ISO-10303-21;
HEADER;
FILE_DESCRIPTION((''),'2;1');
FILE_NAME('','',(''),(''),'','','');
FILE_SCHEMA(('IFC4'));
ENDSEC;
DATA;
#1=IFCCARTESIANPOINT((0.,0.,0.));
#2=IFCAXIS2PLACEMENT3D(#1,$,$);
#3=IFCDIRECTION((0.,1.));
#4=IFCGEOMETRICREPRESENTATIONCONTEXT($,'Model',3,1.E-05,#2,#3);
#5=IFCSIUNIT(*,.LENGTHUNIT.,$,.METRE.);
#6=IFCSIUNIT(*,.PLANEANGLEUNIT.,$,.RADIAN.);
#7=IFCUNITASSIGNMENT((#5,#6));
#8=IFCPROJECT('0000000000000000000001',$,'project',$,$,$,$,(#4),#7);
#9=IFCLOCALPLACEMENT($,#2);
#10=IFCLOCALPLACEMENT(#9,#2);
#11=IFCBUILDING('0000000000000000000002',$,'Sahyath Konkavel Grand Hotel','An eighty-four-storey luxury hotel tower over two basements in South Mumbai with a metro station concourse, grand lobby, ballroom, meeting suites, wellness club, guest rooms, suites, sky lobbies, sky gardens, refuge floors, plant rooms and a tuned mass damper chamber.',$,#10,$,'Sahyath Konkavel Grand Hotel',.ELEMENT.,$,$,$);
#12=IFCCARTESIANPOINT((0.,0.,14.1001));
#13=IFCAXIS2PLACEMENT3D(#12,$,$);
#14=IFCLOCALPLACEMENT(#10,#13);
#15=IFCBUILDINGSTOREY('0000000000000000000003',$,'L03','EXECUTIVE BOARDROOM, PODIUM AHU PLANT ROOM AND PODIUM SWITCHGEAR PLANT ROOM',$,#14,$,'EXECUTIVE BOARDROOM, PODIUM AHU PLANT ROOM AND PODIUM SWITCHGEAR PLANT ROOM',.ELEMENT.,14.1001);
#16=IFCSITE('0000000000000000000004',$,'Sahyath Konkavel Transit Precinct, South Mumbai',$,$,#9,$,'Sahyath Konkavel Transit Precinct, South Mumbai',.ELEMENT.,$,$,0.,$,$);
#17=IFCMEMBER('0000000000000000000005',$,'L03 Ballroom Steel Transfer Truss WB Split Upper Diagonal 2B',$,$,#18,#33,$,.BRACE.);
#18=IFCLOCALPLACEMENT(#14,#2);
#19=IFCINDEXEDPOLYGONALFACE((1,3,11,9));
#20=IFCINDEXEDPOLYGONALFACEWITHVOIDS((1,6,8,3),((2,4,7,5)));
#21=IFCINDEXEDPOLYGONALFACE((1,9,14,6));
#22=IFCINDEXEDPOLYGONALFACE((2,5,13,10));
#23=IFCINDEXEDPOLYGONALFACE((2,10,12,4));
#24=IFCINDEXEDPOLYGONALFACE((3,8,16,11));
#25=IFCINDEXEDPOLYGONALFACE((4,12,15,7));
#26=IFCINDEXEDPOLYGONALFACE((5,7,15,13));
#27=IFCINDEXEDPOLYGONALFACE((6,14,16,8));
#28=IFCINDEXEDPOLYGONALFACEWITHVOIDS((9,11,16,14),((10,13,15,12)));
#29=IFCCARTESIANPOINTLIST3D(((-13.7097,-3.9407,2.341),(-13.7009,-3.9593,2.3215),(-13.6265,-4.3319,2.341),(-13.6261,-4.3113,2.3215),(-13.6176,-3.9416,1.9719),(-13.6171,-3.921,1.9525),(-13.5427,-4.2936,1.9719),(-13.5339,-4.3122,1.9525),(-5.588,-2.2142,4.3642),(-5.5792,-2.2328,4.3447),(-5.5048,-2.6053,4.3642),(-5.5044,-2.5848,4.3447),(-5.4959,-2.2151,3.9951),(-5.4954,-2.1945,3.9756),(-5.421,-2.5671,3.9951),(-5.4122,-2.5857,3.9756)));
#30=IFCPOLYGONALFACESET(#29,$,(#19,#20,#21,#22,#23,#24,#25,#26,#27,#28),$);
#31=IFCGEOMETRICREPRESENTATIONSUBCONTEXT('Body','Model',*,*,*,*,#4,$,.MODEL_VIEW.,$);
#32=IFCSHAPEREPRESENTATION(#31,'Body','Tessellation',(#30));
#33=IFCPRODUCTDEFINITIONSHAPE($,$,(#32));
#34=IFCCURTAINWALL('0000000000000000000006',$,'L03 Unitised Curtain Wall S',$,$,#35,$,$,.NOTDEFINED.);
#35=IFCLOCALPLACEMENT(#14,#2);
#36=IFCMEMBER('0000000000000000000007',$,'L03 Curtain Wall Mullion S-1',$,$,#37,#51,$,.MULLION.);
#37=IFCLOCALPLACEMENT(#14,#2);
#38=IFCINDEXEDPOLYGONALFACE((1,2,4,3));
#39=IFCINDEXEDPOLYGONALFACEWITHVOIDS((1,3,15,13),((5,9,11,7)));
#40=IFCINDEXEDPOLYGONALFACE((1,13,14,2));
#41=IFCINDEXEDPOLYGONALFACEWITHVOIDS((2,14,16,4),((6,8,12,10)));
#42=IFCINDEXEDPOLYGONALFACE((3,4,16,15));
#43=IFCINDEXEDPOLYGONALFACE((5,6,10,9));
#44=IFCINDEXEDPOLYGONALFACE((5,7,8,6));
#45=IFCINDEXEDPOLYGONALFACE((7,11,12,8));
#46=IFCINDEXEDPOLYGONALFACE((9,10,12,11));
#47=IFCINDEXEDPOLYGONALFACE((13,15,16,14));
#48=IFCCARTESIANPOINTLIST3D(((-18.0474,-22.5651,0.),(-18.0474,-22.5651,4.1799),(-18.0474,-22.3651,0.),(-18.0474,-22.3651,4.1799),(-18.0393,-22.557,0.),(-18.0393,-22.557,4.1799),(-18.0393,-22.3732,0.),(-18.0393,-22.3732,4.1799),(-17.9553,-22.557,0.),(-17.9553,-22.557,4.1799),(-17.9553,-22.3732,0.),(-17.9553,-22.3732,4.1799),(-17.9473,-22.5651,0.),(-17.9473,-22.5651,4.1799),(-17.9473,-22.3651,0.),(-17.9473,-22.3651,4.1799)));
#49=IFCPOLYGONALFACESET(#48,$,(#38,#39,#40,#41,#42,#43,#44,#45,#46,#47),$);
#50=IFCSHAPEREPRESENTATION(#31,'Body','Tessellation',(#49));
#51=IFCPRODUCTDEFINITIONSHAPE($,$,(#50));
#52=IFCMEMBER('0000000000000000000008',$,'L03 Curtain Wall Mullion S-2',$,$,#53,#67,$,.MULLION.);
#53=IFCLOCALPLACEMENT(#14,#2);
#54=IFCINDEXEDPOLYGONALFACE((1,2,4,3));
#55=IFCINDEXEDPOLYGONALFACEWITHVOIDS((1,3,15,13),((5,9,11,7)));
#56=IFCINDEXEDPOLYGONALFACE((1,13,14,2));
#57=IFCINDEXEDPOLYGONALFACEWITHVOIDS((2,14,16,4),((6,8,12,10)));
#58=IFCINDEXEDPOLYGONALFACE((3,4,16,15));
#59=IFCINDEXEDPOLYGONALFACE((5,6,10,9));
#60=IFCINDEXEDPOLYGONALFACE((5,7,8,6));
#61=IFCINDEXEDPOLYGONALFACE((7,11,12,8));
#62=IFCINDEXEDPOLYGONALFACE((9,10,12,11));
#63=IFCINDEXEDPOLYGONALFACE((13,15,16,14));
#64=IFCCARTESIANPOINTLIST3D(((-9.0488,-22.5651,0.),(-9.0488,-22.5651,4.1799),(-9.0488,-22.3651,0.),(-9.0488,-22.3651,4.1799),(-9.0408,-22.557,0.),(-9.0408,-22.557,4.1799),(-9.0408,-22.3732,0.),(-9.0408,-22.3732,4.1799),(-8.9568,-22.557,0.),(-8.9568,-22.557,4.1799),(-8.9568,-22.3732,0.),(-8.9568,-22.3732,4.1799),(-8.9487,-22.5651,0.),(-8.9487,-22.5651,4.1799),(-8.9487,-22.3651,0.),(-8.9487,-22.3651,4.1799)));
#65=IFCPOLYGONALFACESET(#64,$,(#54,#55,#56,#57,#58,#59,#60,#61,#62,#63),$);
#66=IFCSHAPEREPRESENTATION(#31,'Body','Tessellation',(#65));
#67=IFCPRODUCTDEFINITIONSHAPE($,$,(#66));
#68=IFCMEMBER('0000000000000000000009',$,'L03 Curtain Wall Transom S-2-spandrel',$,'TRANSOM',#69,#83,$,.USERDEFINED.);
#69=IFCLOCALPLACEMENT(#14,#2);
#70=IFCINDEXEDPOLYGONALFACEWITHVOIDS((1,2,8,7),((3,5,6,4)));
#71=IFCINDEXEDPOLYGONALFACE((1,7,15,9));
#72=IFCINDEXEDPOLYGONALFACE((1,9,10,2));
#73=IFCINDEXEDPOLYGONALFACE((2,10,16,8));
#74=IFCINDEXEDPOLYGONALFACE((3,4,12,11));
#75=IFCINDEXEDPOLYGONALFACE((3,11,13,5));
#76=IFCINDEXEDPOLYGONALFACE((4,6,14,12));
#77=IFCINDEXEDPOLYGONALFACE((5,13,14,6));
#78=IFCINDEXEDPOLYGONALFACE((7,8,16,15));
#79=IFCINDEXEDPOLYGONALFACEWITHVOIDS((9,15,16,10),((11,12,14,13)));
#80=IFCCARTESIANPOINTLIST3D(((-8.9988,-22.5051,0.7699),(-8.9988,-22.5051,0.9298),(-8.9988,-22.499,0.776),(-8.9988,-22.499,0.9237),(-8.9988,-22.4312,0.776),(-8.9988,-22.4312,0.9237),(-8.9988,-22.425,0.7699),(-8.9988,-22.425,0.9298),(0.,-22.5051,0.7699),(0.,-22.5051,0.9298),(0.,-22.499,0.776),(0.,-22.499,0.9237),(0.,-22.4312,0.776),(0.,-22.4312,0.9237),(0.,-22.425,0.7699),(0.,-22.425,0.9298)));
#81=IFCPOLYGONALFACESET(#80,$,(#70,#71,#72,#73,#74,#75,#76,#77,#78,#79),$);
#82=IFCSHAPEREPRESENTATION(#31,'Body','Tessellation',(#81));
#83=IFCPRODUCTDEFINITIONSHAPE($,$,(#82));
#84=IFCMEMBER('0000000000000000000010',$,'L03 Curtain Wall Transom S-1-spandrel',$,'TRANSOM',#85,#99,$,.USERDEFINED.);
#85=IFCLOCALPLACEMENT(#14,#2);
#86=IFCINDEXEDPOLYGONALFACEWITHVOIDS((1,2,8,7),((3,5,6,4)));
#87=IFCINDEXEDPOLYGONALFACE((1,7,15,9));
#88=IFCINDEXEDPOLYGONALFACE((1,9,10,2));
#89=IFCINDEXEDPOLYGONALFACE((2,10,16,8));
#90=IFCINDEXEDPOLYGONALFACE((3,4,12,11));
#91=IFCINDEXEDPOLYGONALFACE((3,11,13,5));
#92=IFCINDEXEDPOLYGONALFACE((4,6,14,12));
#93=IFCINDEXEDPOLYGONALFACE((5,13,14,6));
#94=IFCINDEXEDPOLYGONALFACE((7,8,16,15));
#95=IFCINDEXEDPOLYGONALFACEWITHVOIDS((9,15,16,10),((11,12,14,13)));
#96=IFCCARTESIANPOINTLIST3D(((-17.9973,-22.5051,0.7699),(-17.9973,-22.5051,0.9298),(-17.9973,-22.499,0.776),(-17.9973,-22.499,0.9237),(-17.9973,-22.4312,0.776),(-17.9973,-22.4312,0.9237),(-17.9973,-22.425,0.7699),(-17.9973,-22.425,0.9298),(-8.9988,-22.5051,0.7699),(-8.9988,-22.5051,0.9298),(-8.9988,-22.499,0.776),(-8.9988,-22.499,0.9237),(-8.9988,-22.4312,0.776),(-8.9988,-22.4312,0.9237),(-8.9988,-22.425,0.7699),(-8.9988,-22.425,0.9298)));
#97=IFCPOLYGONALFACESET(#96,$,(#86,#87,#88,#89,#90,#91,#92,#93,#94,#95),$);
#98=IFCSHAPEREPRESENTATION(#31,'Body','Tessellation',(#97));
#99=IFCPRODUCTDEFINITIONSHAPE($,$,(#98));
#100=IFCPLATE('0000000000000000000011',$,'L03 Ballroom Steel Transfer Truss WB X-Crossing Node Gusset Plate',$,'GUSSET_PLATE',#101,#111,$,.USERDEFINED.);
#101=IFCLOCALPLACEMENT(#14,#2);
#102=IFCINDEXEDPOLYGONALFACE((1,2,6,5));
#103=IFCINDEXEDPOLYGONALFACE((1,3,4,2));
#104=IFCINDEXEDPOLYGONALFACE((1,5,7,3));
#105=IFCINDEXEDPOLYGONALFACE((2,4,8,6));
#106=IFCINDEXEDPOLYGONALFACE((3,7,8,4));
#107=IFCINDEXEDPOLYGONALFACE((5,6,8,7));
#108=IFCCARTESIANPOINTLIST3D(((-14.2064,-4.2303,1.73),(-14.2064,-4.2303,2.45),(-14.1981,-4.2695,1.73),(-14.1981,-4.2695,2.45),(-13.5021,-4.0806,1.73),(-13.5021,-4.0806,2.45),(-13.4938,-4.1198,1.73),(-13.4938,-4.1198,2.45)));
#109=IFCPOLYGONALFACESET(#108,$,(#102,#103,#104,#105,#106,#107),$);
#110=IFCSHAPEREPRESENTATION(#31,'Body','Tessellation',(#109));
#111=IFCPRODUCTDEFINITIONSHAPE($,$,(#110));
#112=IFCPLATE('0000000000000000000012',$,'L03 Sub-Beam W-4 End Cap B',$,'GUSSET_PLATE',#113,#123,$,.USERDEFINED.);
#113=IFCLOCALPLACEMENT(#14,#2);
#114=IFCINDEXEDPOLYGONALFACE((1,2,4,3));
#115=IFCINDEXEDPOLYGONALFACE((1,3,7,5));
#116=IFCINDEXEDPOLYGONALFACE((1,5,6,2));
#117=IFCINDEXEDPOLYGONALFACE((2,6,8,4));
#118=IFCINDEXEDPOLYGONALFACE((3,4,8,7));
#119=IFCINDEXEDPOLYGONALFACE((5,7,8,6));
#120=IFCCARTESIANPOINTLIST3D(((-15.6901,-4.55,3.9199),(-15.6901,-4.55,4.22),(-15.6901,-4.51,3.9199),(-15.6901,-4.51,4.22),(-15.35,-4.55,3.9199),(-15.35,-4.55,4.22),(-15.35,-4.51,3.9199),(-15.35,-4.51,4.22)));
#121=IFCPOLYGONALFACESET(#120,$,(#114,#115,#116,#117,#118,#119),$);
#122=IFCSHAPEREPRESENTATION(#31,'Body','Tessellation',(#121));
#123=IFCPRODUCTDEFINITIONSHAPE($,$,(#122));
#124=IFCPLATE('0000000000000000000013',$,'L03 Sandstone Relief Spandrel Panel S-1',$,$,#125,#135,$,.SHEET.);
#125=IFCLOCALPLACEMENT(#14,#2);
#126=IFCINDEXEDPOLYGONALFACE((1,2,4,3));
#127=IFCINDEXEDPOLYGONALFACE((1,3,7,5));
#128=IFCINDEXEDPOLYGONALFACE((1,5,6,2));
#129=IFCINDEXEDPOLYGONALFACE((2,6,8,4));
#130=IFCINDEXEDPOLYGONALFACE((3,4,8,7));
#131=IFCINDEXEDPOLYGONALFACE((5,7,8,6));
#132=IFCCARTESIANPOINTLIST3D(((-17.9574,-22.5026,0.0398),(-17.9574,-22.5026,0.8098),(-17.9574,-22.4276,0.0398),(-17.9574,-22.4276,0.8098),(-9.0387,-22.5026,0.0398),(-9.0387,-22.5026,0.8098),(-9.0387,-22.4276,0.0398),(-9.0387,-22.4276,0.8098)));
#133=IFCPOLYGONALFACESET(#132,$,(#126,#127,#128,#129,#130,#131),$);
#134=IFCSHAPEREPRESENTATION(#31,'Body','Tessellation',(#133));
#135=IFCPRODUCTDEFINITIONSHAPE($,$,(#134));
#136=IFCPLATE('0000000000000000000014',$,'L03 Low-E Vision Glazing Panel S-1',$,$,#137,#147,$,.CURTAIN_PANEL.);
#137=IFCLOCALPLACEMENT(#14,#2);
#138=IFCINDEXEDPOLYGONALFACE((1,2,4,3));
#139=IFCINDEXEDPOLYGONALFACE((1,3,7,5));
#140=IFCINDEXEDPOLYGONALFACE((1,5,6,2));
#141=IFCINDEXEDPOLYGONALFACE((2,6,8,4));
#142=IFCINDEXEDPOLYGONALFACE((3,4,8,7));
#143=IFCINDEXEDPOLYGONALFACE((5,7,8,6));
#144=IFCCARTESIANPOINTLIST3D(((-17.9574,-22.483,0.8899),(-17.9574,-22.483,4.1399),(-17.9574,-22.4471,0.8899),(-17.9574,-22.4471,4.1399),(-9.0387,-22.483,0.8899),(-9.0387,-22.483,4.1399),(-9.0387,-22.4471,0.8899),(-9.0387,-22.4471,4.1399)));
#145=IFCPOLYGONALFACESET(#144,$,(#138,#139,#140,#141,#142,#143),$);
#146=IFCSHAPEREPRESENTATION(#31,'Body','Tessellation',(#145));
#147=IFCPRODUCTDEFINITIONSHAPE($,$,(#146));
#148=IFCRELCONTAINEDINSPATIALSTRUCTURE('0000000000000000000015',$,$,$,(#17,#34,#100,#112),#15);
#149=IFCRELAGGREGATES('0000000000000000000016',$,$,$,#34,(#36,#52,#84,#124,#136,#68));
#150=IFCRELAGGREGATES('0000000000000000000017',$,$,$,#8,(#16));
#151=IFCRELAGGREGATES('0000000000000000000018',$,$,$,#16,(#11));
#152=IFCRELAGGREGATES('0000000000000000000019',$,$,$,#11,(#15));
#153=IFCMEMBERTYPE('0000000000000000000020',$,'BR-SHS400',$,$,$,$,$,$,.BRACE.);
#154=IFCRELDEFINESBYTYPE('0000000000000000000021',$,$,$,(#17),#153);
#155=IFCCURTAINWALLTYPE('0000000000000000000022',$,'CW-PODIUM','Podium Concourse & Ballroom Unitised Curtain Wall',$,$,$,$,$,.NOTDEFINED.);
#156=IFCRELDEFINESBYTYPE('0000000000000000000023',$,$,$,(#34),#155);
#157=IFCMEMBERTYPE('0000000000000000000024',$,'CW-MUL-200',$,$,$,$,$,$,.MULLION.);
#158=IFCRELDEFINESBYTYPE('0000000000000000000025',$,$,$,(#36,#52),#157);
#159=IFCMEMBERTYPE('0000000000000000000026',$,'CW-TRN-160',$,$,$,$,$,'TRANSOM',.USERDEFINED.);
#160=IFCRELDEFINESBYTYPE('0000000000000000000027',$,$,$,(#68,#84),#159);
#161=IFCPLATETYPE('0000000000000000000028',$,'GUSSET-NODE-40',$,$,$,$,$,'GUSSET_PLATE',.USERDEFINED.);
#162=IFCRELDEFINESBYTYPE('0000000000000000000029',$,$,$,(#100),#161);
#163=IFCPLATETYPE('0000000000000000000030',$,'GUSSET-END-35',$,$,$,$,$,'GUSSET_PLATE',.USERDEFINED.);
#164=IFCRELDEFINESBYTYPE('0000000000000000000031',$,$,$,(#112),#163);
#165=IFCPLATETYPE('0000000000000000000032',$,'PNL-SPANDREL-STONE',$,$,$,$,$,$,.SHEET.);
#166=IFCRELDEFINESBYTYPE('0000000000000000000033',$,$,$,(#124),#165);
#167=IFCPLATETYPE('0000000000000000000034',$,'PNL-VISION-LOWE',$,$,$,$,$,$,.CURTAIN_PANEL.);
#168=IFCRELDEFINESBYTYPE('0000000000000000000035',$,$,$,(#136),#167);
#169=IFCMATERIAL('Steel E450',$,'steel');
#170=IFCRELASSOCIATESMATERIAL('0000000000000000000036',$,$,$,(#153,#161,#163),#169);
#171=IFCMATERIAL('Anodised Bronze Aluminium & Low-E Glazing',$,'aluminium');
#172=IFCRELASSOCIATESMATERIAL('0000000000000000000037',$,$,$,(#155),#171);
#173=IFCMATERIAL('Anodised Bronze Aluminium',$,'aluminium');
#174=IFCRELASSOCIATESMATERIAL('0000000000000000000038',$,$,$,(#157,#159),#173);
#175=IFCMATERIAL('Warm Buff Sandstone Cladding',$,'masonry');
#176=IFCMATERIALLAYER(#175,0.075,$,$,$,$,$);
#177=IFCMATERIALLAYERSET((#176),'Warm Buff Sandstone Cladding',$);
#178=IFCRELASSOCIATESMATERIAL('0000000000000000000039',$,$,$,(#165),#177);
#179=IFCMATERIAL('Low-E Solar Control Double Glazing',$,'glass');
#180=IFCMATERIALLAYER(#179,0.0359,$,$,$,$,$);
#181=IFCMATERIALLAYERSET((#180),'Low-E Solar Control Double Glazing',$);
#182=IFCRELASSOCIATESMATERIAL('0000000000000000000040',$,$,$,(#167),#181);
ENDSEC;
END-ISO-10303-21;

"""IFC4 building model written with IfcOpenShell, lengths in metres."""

from ifc_helpers import new_model, si_unit, direction, frame, origin, origin_2d, place, context, subcontext, project, spatial, rectangle, hollow_rectangle, extrude, source, transform, mapped, material, layer, layer_set, material_profile, profile_set, type_object, element, aggregate, save


model = new_model("IFC4")

# Units and contexts
model_context = context("Model", 3, precision=1e-05, world=origin(), true_north=direction((0.0, 1.0)))
body_context = subcontext(model_context, "Body", "Model", "MODEL_VIEW")
ifc_project = project(units=[si_unit("LENGTHUNIT", "METRE"), si_unit("PLANEANGLEUNIT", "RADIAN")], contexts=[model_context])

# Site, building, storey
site_placement = place(None, origin())
site = spatial("IfcSite", under=ifc_project, at=site_placement, Name="Sahyath Konkavel Transit Precinct, South Mumbai", LongName="Sahyath Konkavel Transit Precinct, South Mumbai", CompositionType="ELEMENT", RefElevation=0.0)
building_placement = place(site_placement, origin())
building = spatial("IfcBuilding", under=site, at=building_placement, Name="Sahyath Konkavel Grand Hotel", Description="An eighty-four-storey luxury hotel tower over two basements in South Mumbai with a metro station concourse, grand lobby, ballroom, meeting suites, wellness club, guest rooms, suites, sky lobbies, sky gardens, refuge floors, plant rooms and a tuned mass damper chamber.", LongName="Sahyath Konkavel Grand Hotel", CompositionType="ELEMENT")
storey_placement = place(building_placement, frame((0.0, 0.0, 14.1001)))
storey = spatial("IfcBuildingStorey", under=building, at=storey_placement, Name="L03", Description="EXECUTIVE BOARDROOM, PODIUM AHU PLANT ROOM AND PODIUM SWITCHGEAR PLANT ROOM", LongName="EXECUTIVE BOARDROOM, PODIUM AHU PLANT ROOM AND PODIUM SWITCHGEAR PLANT ROOM", CompositionType="ELEMENT", Elevation=14.1001)

# Shared definitions
ifc_material_1 = material(Name="Steel E450", Category="steel")

# Member
ifc_material_profile_1 = material_profile(ifc_material_1, hollow_rectangle(XDim=0.3999, YDim=0.3999, WallThickness=0.02, at=origin_2d()), Name="SHS 400x400x20")
ifc_profile_set_1 = profile_set([ifc_material_profile_1], Name="Steel E450")
member_type_1 = type_object("IfcMemberType", Name="BR-SHS400", PredefinedType="BRACE", material=ifc_profile_set_1)
shared_shape_1 = source(origin(), body_context, "Body", "SweptSolid", [
    extrude(hollow_rectangle(XDim=0.3999, YDim=0.3999, WallThickness=0.02, at=origin_2d()), origin(), (0.0, 0.0, 1.0), 8.5461),
])
member_1_placement = place(storey_placement, frame((-13.6218, -4.1265, 2.1467), z_axis=(0.950338, 0.202026, 0.236735), x_axis=(-0.207936, 0.978142, 0.0)))
element("IfcMember", 1, at=member_1_placement, inside=storey, type_object=member_type_1, Name="L03 Ballroom Steel Transfer Truss WB Split Upper Diagonal 2B", PredefinedType="BRACE", context=body_context, shape_type="MappedRepresentation", body=[
    mapped(shared_shape_1, transform((0.0, 0.0, 0.0), scale=1.0)),
])

# Curtain wall, members
ifc_material_2 = material(Name="Anodised Bronze Aluminium & Low-E Glazing", Category="aluminium")
curtain_wall_type = type_object("IfcCurtainWallType", Name="CW-PODIUM", Description="Podium Concourse & Ballroom Unitised Curtain Wall", PredefinedType="NOTDEFINED", material=ifc_material_2)
curtain_wall_placement = place(storey_placement, origin())
curtain_wall = element("IfcCurtainWall", 2, at=curtain_wall_placement, inside=storey, type_object=curtain_wall_type, Name="L03 Unitised Curtain Wall S", PredefinedType="NOTDEFINED")
ifc_material_3 = material(Name="Anodised Bronze Aluminium", Category="aluminium")
ifc_material_profile_2 = material_profile(ifc_material_3, hollow_rectangle(XDim=0.1001, YDim=0.2, WallThickness=0.0081, at=origin_2d()), Name="RHS 200x100x8")
ifc_profile_set_2 = profile_set([ifc_material_profile_2], Name="Anodised Bronze Aluminium")
member_type_2 = type_object("IfcMemberType", Name="CW-MUL-200", PredefinedType="MULLION", material=ifc_profile_set_2)
shared_shape_2 = source(origin(), body_context, "Body", "SweptSolid", [
    extrude(hollow_rectangle(XDim=0.1001, YDim=0.2, WallThickness=0.0081, at=origin_2d()), origin(), (0.0, 0.0, 1.0), 4.1799),
])
member_2_placement = place(storey_placement, frame((-17.9973, -22.4651, 0.0), z_axis=(0.0, 0.0, 1.0), x_axis=(1.0, 0.0, 0.0)))
member_2 = element("IfcMember", 3, at=member_2_placement, type_object=member_type_2, Name="L03 Curtain Wall Mullion S-1", PredefinedType="MULLION", context=body_context, shape_type="MappedRepresentation", body=[
    mapped(shared_shape_2, transform((0.0, 0.0, 0.0), scale=1.0)),
])
member_3_placement = place(storey_placement, frame((-8.9988, -22.4651, 0.0), z_axis=(0.0, 0.0, 1.0), x_axis=(1.0, 0.0, 0.0)))
member_3 = element("IfcMember", 4, at=member_3_placement, type_object=member_type_2, Name="L03 Curtain Wall Mullion S-2", PredefinedType="MULLION", context=body_context, shape_type="MappedRepresentation", body=[
    mapped(shared_shape_2, transform((0.0, 0.0, 0.0), scale=1.0)),
])
ifc_material_profile_3 = material_profile(ifc_material_3, hollow_rectangle(XDim=0.0801, YDim=0.1599, WallThickness=0.0061, at=origin_2d()), Name="RHS 160x80x6")
ifc_profile_set_3 = profile_set([ifc_material_profile_3], Name="Anodised Bronze Aluminium")
member_type_3 = type_object("IfcMemberType", Name="CW-TRN-160", ElementType="TRANSOM", PredefinedType="USERDEFINED", material=ifc_profile_set_3)
shared_shape_3 = source(origin(), body_context, "Body", "SweptSolid", [
    extrude(hollow_rectangle(XDim=0.0801, YDim=0.1599, WallThickness=0.0061, at=origin_2d()), origin(), (0.0, 0.0, 1.0), 8.9988),
])
member_4_placement = place(storey_placement, frame((-8.9988, -22.4651, 0.8499), z_axis=(1.0, 0.0, 0.0), x_axis=(0.0, 1.0, 0.0)))
member_4 = element("IfcMember", 5, at=member_4_placement, type_object=member_type_3, Name="L03 Curtain Wall Transom S-2-spandrel", ObjectType="TRANSOM", PredefinedType="USERDEFINED", context=body_context, shape_type="MappedRepresentation", body=[
    mapped(shared_shape_3, transform((0.0, 0.0, 0.0), scale=1.0)),
])
shared_shape_4 = source(origin(), body_context, "Body", "SweptSolid", [
    extrude(hollow_rectangle(XDim=0.0801, YDim=0.1599, WallThickness=0.0061, at=origin_2d()), origin(), (0.0, 0.0, 1.0), 8.9985),
])
member_5_placement = place(storey_placement, frame((-17.9973, -22.4651, 0.8499), z_axis=(1.0, 0.0, 0.0), x_axis=(0.0, 1.0, 0.0)))
member_5 = element("IfcMember", 6, at=member_5_placement, type_object=member_type_3, Name="L03 Curtain Wall Transom S-1-spandrel", ObjectType="TRANSOM", PredefinedType="USERDEFINED", context=body_context, shape_type="MappedRepresentation", body=[
    mapped(shared_shape_4, transform((0.0, 0.0, 0.0), scale=1.0)),
])

# Plates
plate_type_1 = type_object("IfcPlateType", Name="GUSSET-NODE-40", ElementType="GUSSET_PLATE", PredefinedType="USERDEFINED", material=ifc_material_1)
shared_shape_5 = source(origin(), body_context, "Body", "SweptSolid", [
    extrude(rectangle(XDim=0.72, YDim=0.04, at=origin_2d()), origin(), (0.0, 0.0, 1.0), 0.72),
])
plate_1_placement = place(storey_placement, frame((-13.8501, -4.175, 1.73), z_axis=(0.0, 0.0, 1.0), x_axis=(-0.978144, -0.207929, 0.0)))
element("IfcPlate", 7, at=plate_1_placement, inside=storey, type_object=plate_type_1, Name="L03 Ballroom Steel Transfer Truss WB X-Crossing Node Gusset Plate", ObjectType="GUSSET_PLATE", PredefinedType="USERDEFINED", context=body_context, shape_type="MappedRepresentation", body=[
    mapped(shared_shape_5, transform((0.0, 0.0, 0.0), scale=1.0)),
])
plate_type_2 = type_object("IfcPlateType", Name="GUSSET-END-35", ElementType="GUSSET_PLATE", PredefinedType="USERDEFINED", material=ifc_material_1)
shared_shape_6 = source(origin(), body_context, "Body", "SweptSolid", [
    extrude(rectangle(XDim=0.04, YDim=0.3401, at=origin_2d()), origin(), (0.0, 0.0, 1.0), 0.3),
])
plate_2_placement = place(storey_placement, frame((-15.52, -4.53, 3.9199), z_axis=(0.0, 0.0, 1.0), x_axis=(0.0, -1.0, 0.0)))
element("IfcPlate", 8, at=plate_2_placement, inside=storey, type_object=plate_type_2, Name="L03 Sub-Beam W-4 End Cap B", ObjectType="GUSSET_PLATE", PredefinedType="USERDEFINED", context=body_context, shape_type="MappedRepresentation", body=[
    mapped(shared_shape_6, transform((0.0, 0.0, 0.0), scale=1.0)),
])

# Plates
ifc_material_4 = material(Name="Warm Buff Sandstone Cladding", Category="masonry")
ifc_layer_1 = layer(ifc_material_4, 0.075)
ifc_layer_set_1 = layer_set([ifc_layer_1], Name="Warm Buff Sandstone Cladding")
plate_type_3 = type_object("IfcPlateType", Name="PNL-SPANDREL-STONE", PredefinedType="SHEET", material=ifc_layer_set_1)
shared_shape_7 = source(origin(), body_context, "Body", "SweptSolid", [
    extrude(rectangle(XDim=8.9187, YDim=0.075, at=origin_2d()), origin(), (0.0, 0.0, 1.0), 0.77),
])
plate_3_placement = place(storey_placement, frame((-13.498, -22.4651, 0.0398), z_axis=(0.0, 0.0, 1.0), x_axis=(1.0, 0.0, 0.0)))
plate_3 = element("IfcPlate", 9, at=plate_3_placement, type_object=plate_type_3, Name="L03 Sandstone Relief Spandrel Panel S-1", PredefinedType="SHEET", context=body_context, shape_type="MappedRepresentation", body=[
    mapped(shared_shape_7, transform((0.0, 0.0, 0.0), scale=1.0)),
])
ifc_material_5 = material(Name="Low-E Solar Control Double Glazing", Category="glass")
ifc_layer_2 = layer(ifc_material_5, 0.0359)
ifc_layer_set_2 = layer_set([ifc_layer_2], Name="Low-E Solar Control Double Glazing")
plate_type_4 = type_object("IfcPlateType", Name="PNL-VISION-LOWE", PredefinedType="CURTAIN_PANEL", material=ifc_layer_set_2)
shared_shape_8 = source(origin(), body_context, "Body", "SweptSolid", [
    extrude(rectangle(XDim=8.9187, YDim=0.0359, at=origin_2d()), origin(), (0.0, 0.0, 1.0), 3.25),
])
plate_4_placement = place(storey_placement, frame((-13.498, -22.4651, 0.8899), z_axis=(0.0, 0.0, 1.0), x_axis=(1.0, 0.0, 0.0)))
plate_4 = element("IfcPlate", 10, at=plate_4_placement, type_object=plate_type_4, Name="L03 Low-E Vision Glazing Panel S-1", PredefinedType="CURTAIN_PANEL", context=body_context, shape_type="MappedRepresentation", body=[
    mapped(shared_shape_8, transform((0.0, 0.0, 0.0), scale=1.0)),
])
aggregate(curtain_wall, [member_2, member_3, member_5, plate_3, plate_4, member_4])

save(model, "model.ifc")
